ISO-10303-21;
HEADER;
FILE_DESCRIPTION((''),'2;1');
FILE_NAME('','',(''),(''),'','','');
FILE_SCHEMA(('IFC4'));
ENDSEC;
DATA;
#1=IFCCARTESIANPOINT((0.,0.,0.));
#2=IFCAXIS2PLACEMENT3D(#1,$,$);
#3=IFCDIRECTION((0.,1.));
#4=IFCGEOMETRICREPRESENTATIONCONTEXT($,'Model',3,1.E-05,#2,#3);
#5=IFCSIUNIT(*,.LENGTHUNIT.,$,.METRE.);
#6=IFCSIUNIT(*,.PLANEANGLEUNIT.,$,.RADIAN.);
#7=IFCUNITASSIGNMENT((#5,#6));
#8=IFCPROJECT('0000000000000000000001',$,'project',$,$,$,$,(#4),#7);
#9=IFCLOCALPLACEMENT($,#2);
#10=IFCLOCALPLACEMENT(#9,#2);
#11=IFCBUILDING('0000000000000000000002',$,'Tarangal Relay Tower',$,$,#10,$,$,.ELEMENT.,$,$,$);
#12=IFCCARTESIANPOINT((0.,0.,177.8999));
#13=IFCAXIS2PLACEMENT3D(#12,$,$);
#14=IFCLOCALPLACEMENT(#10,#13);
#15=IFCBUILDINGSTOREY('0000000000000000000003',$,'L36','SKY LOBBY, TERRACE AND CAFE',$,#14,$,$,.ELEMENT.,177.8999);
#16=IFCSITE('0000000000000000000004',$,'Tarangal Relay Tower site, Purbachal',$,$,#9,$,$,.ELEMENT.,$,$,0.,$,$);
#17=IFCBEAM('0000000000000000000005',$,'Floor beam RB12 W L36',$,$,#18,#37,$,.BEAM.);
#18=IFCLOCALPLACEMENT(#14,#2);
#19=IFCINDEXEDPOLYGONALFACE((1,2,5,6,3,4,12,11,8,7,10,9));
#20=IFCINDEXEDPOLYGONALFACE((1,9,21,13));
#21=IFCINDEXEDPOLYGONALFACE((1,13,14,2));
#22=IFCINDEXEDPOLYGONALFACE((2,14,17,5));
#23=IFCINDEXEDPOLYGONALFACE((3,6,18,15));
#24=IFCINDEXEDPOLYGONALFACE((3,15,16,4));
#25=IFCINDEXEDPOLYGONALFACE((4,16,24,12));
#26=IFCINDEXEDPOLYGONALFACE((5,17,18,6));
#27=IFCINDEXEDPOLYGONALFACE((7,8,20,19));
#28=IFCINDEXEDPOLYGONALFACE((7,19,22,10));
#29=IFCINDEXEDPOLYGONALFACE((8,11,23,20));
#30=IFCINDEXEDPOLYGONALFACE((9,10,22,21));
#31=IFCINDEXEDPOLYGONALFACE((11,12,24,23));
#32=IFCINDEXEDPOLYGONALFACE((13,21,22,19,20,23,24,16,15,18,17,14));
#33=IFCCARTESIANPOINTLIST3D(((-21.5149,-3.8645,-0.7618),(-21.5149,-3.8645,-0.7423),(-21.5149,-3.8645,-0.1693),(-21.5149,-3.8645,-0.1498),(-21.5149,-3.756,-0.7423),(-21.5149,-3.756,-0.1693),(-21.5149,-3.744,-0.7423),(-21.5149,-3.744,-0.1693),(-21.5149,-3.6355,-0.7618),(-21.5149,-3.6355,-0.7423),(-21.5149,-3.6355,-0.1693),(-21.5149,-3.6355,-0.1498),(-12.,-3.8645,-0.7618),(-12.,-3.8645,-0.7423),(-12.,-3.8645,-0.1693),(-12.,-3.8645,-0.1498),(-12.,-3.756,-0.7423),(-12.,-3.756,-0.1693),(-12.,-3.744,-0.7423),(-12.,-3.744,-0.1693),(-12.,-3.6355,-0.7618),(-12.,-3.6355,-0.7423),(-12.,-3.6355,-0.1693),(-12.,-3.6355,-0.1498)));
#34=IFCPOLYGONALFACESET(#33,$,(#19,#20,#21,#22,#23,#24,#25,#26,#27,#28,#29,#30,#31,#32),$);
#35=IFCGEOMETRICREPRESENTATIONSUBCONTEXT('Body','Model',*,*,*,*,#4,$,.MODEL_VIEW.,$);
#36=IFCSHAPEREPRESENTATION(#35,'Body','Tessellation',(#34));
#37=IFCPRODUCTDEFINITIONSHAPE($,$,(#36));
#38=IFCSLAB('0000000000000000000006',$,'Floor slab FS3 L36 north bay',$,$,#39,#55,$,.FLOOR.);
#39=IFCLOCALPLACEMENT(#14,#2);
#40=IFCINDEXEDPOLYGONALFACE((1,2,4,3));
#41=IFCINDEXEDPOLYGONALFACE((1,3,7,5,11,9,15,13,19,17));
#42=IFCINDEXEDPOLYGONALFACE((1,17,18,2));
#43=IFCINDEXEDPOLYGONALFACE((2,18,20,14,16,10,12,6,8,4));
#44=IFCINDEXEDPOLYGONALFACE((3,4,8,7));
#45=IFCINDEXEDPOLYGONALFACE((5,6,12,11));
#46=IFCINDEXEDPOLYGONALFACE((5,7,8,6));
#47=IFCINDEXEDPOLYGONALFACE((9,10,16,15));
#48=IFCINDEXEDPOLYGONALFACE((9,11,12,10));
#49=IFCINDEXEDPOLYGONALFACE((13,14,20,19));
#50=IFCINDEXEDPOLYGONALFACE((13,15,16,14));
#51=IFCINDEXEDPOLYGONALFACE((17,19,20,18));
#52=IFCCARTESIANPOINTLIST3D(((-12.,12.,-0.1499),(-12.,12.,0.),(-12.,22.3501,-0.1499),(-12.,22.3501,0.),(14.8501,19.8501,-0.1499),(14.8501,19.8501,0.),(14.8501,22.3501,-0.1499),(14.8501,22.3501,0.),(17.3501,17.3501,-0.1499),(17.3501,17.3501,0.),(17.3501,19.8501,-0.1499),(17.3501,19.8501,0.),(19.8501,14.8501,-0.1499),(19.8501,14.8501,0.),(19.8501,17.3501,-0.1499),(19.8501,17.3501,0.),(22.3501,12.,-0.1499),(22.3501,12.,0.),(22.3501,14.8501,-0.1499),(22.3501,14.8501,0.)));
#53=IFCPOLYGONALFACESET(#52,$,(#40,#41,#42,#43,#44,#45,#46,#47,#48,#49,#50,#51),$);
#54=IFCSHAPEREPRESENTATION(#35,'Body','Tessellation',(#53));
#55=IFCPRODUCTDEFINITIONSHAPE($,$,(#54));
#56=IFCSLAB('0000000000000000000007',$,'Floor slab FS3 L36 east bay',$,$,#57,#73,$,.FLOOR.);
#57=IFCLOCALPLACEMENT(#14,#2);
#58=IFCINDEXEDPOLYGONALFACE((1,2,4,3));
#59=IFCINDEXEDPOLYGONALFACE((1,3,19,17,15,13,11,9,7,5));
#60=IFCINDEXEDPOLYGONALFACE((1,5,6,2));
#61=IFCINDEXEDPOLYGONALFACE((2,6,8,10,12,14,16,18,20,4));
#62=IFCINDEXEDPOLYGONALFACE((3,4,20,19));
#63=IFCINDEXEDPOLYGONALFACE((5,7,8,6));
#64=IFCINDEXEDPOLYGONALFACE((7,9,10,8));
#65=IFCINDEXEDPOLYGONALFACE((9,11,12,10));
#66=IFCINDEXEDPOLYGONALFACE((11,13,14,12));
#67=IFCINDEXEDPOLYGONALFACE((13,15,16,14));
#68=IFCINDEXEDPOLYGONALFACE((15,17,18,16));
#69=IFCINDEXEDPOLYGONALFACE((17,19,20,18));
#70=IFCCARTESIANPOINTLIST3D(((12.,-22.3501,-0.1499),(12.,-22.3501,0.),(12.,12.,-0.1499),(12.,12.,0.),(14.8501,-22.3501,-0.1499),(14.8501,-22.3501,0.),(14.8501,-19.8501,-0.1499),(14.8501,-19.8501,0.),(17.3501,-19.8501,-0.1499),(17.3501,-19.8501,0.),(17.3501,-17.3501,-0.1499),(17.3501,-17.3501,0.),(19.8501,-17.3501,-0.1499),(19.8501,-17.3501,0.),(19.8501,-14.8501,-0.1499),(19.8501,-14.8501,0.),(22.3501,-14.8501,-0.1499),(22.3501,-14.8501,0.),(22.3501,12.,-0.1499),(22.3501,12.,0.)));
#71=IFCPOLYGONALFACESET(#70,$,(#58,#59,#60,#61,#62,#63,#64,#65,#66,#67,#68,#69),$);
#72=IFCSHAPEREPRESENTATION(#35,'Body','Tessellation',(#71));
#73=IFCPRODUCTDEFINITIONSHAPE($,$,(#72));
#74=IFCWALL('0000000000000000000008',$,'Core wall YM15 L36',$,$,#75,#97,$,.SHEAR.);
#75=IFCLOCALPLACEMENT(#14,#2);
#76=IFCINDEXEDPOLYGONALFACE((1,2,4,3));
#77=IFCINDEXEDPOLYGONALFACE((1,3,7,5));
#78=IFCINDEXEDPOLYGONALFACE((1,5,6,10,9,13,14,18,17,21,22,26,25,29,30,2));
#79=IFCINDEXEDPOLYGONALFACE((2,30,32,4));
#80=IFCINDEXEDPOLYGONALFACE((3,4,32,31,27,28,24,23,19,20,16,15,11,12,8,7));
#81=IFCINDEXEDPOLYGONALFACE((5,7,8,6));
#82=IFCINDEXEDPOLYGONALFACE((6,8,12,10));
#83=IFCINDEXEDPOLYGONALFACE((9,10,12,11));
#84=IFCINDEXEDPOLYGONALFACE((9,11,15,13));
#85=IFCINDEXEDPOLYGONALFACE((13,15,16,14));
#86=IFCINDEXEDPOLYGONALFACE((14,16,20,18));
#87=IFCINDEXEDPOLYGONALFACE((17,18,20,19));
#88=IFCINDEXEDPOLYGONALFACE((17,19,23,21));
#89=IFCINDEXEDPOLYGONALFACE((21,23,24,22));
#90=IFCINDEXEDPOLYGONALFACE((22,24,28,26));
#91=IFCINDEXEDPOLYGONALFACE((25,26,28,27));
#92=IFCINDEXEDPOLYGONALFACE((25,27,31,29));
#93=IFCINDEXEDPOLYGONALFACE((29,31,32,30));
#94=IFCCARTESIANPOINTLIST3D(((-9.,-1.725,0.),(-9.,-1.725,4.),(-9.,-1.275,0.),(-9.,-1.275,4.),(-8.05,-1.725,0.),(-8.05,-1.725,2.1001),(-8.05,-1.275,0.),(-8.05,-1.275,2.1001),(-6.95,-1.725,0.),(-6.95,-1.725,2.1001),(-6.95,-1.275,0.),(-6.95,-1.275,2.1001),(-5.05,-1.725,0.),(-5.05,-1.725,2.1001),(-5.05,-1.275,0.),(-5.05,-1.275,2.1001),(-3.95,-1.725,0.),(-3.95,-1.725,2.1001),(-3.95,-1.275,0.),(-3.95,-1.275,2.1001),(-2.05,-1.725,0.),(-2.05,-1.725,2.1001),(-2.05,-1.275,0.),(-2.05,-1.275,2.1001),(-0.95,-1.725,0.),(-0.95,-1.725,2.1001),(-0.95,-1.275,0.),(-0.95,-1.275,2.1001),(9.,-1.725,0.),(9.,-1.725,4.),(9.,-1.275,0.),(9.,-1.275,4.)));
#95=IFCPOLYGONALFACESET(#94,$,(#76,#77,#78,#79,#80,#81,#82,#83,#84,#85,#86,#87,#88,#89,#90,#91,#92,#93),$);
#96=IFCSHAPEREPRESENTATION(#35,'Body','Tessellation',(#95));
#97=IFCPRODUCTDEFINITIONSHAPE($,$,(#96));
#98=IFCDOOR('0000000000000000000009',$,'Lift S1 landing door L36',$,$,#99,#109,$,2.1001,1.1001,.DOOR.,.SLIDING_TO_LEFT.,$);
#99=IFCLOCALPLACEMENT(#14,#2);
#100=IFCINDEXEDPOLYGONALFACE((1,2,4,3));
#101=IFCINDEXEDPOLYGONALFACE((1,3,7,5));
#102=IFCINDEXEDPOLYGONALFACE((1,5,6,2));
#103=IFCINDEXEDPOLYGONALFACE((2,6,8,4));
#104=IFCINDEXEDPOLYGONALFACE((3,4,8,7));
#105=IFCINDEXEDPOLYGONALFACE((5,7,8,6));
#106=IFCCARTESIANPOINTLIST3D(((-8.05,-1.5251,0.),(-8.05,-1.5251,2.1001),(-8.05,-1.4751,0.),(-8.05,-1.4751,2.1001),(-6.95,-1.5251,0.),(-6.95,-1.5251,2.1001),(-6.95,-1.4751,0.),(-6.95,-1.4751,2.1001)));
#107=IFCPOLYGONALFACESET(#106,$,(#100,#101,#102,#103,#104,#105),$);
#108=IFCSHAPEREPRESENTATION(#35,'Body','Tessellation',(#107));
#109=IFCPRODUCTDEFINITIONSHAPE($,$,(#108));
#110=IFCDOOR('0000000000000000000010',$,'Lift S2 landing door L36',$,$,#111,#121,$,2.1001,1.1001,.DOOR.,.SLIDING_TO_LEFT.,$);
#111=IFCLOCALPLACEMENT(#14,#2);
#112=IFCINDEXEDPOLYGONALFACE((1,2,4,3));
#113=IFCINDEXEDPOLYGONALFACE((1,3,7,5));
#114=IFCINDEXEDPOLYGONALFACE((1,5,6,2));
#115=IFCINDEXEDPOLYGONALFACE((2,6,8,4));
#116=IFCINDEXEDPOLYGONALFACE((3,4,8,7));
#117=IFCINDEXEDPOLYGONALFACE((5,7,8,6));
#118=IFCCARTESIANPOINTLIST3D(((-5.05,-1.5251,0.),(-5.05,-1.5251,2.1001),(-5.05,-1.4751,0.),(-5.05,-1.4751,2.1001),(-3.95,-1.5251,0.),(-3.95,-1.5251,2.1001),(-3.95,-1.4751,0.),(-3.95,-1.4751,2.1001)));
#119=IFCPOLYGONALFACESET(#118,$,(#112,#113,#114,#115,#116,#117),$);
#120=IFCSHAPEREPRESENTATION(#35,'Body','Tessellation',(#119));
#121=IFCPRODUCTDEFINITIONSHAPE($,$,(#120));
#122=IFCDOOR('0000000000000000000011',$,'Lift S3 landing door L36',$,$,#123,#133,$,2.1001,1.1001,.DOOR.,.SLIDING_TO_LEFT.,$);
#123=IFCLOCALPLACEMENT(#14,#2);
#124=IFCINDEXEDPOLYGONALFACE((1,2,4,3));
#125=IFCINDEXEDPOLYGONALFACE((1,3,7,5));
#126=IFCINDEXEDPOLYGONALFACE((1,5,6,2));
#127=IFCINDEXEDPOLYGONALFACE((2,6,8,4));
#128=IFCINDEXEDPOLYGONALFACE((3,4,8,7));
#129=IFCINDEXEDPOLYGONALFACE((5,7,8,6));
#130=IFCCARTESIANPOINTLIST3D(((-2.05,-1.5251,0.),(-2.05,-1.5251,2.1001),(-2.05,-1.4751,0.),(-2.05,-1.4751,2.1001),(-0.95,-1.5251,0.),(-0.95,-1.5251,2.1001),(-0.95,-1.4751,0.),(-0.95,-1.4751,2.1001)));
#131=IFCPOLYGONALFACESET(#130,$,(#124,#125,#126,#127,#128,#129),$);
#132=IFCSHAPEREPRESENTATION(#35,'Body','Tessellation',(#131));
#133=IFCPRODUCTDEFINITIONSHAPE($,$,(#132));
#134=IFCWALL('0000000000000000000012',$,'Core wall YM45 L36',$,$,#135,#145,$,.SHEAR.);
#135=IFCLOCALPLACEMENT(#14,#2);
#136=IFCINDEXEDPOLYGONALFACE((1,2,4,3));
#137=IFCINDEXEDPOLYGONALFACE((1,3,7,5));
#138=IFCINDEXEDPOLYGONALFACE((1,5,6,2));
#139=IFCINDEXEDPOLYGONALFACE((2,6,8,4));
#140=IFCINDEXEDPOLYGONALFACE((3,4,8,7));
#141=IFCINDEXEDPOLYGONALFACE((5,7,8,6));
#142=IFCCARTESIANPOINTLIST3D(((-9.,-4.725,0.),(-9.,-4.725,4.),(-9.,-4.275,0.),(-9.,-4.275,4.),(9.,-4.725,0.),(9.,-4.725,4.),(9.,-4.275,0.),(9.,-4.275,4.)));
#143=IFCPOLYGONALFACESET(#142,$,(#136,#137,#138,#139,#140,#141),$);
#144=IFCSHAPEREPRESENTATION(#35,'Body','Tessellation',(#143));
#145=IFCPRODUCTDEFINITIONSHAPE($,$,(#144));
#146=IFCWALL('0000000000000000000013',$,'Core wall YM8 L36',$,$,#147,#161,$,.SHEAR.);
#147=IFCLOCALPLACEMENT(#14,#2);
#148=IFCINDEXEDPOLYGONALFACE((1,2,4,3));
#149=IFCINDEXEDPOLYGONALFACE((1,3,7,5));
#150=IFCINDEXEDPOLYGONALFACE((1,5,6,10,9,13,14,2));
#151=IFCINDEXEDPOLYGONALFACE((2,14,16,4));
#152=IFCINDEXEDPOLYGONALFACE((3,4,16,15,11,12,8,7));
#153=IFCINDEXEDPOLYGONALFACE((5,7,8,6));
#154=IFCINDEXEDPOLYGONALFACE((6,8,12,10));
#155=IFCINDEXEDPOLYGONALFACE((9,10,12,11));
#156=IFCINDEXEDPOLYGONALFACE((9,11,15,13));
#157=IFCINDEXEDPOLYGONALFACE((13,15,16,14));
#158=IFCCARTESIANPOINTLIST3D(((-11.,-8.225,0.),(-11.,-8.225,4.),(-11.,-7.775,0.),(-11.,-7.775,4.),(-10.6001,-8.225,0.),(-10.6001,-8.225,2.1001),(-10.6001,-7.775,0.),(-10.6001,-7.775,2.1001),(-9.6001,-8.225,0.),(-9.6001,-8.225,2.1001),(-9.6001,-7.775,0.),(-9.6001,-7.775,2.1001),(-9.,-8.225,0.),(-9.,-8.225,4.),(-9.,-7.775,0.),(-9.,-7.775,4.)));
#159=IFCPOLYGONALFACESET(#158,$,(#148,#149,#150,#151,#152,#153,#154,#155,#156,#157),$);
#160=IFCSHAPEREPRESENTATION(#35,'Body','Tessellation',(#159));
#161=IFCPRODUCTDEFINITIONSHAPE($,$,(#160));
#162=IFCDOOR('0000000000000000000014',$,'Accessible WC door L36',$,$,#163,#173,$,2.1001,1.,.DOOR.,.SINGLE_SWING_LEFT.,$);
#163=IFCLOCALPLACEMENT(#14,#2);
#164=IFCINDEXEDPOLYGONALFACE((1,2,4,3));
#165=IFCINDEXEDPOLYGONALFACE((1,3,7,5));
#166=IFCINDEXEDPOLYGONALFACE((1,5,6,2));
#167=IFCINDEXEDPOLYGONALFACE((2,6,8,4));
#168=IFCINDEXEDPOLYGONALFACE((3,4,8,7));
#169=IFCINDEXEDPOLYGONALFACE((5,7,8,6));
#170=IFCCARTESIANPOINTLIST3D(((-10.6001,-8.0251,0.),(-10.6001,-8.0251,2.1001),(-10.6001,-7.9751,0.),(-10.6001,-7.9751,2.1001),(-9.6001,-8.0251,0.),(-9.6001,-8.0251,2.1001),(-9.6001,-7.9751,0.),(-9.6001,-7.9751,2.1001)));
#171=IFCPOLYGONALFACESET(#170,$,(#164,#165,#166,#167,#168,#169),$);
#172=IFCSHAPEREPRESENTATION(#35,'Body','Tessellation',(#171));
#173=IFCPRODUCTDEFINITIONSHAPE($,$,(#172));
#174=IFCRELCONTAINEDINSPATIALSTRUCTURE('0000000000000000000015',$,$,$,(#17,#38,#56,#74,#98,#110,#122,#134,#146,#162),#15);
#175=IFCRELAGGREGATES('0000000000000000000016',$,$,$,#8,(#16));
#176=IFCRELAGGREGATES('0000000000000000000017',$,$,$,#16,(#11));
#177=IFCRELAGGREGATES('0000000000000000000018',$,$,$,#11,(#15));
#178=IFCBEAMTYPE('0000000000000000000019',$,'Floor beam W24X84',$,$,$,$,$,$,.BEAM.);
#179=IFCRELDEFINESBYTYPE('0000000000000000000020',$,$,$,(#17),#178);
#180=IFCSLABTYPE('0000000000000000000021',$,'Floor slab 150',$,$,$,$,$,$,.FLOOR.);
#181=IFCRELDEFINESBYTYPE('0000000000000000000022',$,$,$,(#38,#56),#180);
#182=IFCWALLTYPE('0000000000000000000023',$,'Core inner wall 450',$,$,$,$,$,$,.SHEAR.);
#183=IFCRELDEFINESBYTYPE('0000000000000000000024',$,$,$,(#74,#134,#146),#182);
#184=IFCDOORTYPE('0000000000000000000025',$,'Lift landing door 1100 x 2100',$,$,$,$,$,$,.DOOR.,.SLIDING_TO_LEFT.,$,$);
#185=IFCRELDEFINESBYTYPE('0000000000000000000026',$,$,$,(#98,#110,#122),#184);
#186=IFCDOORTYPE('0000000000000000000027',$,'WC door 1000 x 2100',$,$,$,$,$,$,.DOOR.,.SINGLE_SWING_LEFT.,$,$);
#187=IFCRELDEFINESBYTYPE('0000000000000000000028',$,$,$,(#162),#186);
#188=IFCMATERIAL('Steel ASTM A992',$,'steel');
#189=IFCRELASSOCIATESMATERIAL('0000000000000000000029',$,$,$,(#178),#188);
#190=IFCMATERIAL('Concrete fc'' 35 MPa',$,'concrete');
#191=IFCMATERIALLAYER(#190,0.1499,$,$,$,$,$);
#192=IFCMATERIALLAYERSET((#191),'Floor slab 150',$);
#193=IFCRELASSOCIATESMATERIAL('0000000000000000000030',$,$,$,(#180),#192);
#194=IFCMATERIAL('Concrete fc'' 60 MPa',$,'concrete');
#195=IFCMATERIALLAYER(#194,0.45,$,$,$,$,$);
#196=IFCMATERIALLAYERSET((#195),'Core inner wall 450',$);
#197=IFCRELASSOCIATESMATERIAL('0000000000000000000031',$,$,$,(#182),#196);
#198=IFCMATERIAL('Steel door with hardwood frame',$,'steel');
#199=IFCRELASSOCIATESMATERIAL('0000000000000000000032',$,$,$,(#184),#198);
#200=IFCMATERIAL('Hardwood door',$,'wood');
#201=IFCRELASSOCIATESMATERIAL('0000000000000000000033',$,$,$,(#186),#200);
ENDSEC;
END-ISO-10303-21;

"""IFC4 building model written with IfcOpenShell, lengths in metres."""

from ifc_helpers import new_model, si_unit, direction, frame, frame_2d, origin, origin_2d, place, context, subcontext, project, spatial, polyline, rectangle, i_section, outline, extrude, material, layer, layer_set, material_profile, profile_set, type_object, element, fill, save


model = new_model("IFC4")

# Units and contexts
model_context = context("Model", 3, precision=1e-05, world=origin(), true_north=direction((0.0, 1.0)))
body_context = subcontext(model_context, "Body", "Model", "MODEL_VIEW")
ifc_project = project(units=[si_unit("LENGTHUNIT", "METRE"), si_unit("PLANEANGLEUNIT", "RADIAN")], contexts=[model_context])

# Site, building, storey
site_placement = place(None, origin())
site = spatial("IfcSite", under=ifc_project, at=site_placement, Name="Tarangal Relay Tower site, Purbachal", CompositionType="ELEMENT", RefElevation=0.0)
building_placement = place(site_placement, origin())
building = spatial("IfcBuilding", under=site, at=building_placement, Name="Tarangal Relay Tower", CompositionType="ELEMENT")
storey_placement = place(building_placement, frame((0.0, 0.0, 177.8999)))
storey = spatial("IfcBuildingStorey", under=building, at=storey_placement, Name="L36", Description="SKY LOBBY, TERRACE AND CAFE", CompositionType="ELEMENT", Elevation=177.8999)

# Beam
ifc_material_1 = material(Name="Steel ASTM A992", Category="steel")
ifc_material_profile = material_profile(ifc_material_1, i_section(OverallWidth=0.229, OverallDepth=0.6121, WebThickness=0.012, FlangeThickness=0.0195, at=origin_2d()), Name="W24X84")
ifc_profile_set = profile_set([ifc_material_profile], Name="Steel ASTM A992")
beam_type = type_object("IfcBeamType", Name="Floor beam W24X84", PredefinedType="BEAM", material=ifc_profile_set)
beam_placement = place(storey_placement, frame((-12.0, -3.75, -0.4558), z_axis=(-1.0, 0.0, 0.0), x_axis=(0.0, -1.0, 0.0)))
element("IfcBeam", 1, at=beam_placement, inside=storey, type_object=beam_type, Name="Floor beam RB12 W L36", PredefinedType="BEAM", context=body_context, shape_type="SweptSolid", body=[
    extrude(i_section(OverallWidth=0.229, OverallDepth=0.6121, WebThickness=0.012, FlangeThickness=0.0195, at=origin_2d()), origin(), (0.0, 0.0, 1.0), 9.5149),
])

# Slabs
ifc_material_2 = material(Name="Concrete fc' 35 MPa", Category="concrete")
ifc_layer_1 = layer(ifc_material_2, 0.1499)
ifc_layer_set_1 = layer_set([ifc_layer_1], Name="Floor slab 150")
slab_type = type_object("IfcSlabType", Name="Floor slab 150", PredefinedType="FLOOR", material=ifc_layer_set_1)
slab_1_placement = place(storey_placement, frame((0.0, 0.0, -0.1499)))
element("IfcSlab", 2, at=slab_1_placement, inside=storey, type_object=slab_type, Name="Floor slab FS3 L36 north bay", PredefinedType="FLOOR", context=body_context, shape_type="SweptSolid", body=[
    extrude(outline(polyline([(14.8501, 22.3501), (14.8501, 19.8501), (17.3501, 19.8501), (17.3501, 17.3501), (19.8501, 17.3501), (19.8501, 14.8501), (22.3501, 14.8501), (22.3501, 12.0), (-12.0, 12.0), (-12.0, 22.3501), (14.8501, 22.3501)])), origin(), (0.0, 0.0, 1.0), 0.1499),
])
slab_2_placement = place(storey_placement, frame((0.0, 0.0, -0.1499)))
element("IfcSlab", 3, at=slab_2_placement, inside=storey, type_object=slab_type, Name="Floor slab FS3 L36 east bay", PredefinedType="FLOOR", context=body_context, shape_type="SweptSolid", body=[
    extrude(outline(polyline([(22.3501, -14.8501), (19.8501, -14.8501), (19.8501, -17.3501), (17.3501, -17.3501), (17.3501, -19.8501), (14.8501, -19.8501), (14.8501, -22.3501), (12.0, -22.3501), (12.0, 12.0), (22.3501, 12.0), (22.3501, -14.8501)])), origin(), (0.0, 0.0, 1.0), 0.1499),
])

# Wall, openings, doors
ifc_material_3 = material(Name="Concrete fc' 60 MPa", Category="concrete")
ifc_layer_2 = layer(ifc_material_3, 0.45)
ifc_layer_set_2 = layer_set([ifc_layer_2], Name="Core inner wall 450")
wall_type_1 = type_object("IfcWallType", Name="Core inner wall 450", PredefinedType="SHEAR", material=ifc_layer_set_2)
wall_1_placement = place(storey_placement, frame((-9.0, -1.5, 0.0), z_axis=(0.0, 0.0, 1.0), x_axis=(1.0, 0.0, 0.0)))
wall_1 = element("IfcWall", 4, at=wall_1_placement, inside=storey, type_object=wall_type_1, Name="Core wall YM15 L36", PredefinedType="SHEAR", context=body_context, shape_type="SweptSolid", body=[
    extrude(rectangle(XDim=18.0, YDim=0.45, at=frame_2d((9.0, 0.0))), origin(), (0.0, 0.0, 1.0), 4.0),
])
opening_1_placement = place(wall_1_placement, frame((0.95, 0.0, 0.0)))
opening_1 = element("IfcOpeningElement", 5, at=opening_1_placement, cuts=wall_1, PredefinedType="OPENING", context=body_context, shape_type="SweptSolid", body=[
    extrude(rectangle(XDim=1.1001, YDim=2.1001, at=frame_2d((0.55, 1.05))), frame((0.0, 0.2349, 0.0), z_axis=(0.0, -1.0, 0.0), x_axis=(1.0, 0.0, 0.0)), (0.0, 0.0, 1.0), 0.47),
])
opening_2_placement = place(wall_1_placement, frame((3.95, 0.0, 0.0)))
opening_2 = element("IfcOpeningElement", 6, at=opening_2_placement, cuts=wall_1, PredefinedType="OPENING", context=body_context, shape_type="SweptSolid", body=[
    extrude(rectangle(XDim=1.1001, YDim=2.1001, at=frame_2d((0.55, 1.05))), frame((0.0, 0.2349, 0.0), z_axis=(0.0, -1.0, 0.0), x_axis=(1.0, 0.0, 0.0)), (0.0, 0.0, 1.0), 0.47),
])
opening_3_placement = place(wall_1_placement, frame((6.95, 0.0, 0.0)))
opening_3 = element("IfcOpeningElement", 7, at=opening_3_placement, cuts=wall_1, PredefinedType="OPENING", context=body_context, shape_type="SweptSolid", body=[
    extrude(rectangle(XDim=1.1001, YDim=2.1001, at=frame_2d((0.55, 1.05))), frame((0.0, 0.2349, 0.0), z_axis=(0.0, -1.0, 0.0), x_axis=(1.0, 0.0, 0.0)), (0.0, 0.0, 1.0), 0.47),
])
ifc_material_4 = material(Name="Steel door with hardwood frame", Category="steel")
door_type_1 = type_object("IfcDoorType", Name="Lift landing door 1100 x 2100", OperationType="SLIDING_TO_LEFT", PredefinedType="DOOR", material=ifc_material_4)
door_1_placement = place(opening_1_placement, origin())
door_1 = element("IfcDoor", 8, at=door_1_placement, inside=storey, type_object=door_type_1, Name="Lift S1 landing door L36", OperationType="SLIDING_TO_LEFT", OverallHeight=2.1001, OverallWidth=1.1001, PredefinedType="DOOR", context=body_context, shape_type="SweptSolid", body=[
    extrude(rectangle(XDim=1.1001, YDim=2.1001, at=frame_2d((0.55, 1.05))), frame((0.0, 0.0249, 0.0), z_axis=(0.0, -1.0, 0.0), x_axis=(1.0, 0.0, 0.0)), (0.0, 0.0, 1.0), 0.05),
])
fill(opening_1, door_1)
door_2_placement = place(opening_2_placement, origin())
door_2 = element("IfcDoor", 9, at=door_2_placement, inside=storey, type_object=door_type_1, Name="Lift S2 landing door L36", OperationType="SLIDING_TO_LEFT", OverallHeight=2.1001, OverallWidth=1.1001, PredefinedType="DOOR", context=body_context, shape_type="SweptSolid", body=[
    extrude(rectangle(XDim=1.1001, YDim=2.1001, at=frame_2d((0.55, 1.05))), frame((0.0, 0.0249, 0.0), z_axis=(0.0, -1.0, 0.0), x_axis=(1.0, 0.0, 0.0)), (0.0, 0.0, 1.0), 0.05),
])
fill(opening_2, door_2)
door_3_placement = place(opening_3_placement, origin())
door_3 = element("IfcDoor", 10, at=door_3_placement, inside=storey, type_object=door_type_1, Name="Lift S3 landing door L36", OperationType="SLIDING_TO_LEFT", OverallHeight=2.1001, OverallWidth=1.1001, PredefinedType="DOOR", context=body_context, shape_type="SweptSolid", body=[
    extrude(rectangle(XDim=1.1001, YDim=2.1001, at=frame_2d((0.55, 1.05))), frame((0.0, 0.0249, 0.0), z_axis=(0.0, -1.0, 0.0), x_axis=(1.0, 0.0, 0.0)), (0.0, 0.0, 1.0), 0.05),
])
fill(opening_3, door_3)

# Wall
wall_2_placement = place(storey_placement, frame((-9.0, -4.5, 0.0), z_axis=(0.0, 0.0, 1.0), x_axis=(1.0, 0.0, 0.0)))
element("IfcWall", 11, at=wall_2_placement, inside=storey, type_object=wall_type_1, Name="Core wall YM45 L36", PredefinedType="SHEAR", context=body_context, shape_type="SweptSolid", body=[
    extrude(rectangle(XDim=18.0, YDim=0.45, at=frame_2d((9.0, 0.0))), origin(), (0.0, 0.0, 1.0), 4.0),
])

# Wall, opening, door
wall_3_placement = place(storey_placement, frame((-11.0, -8.0, 0.0), z_axis=(0.0, 0.0, 1.0), x_axis=(1.0, 0.0, 0.0)))
wall_3 = element("IfcWall", 12, at=wall_3_placement, inside=storey, type_object=wall_type_1, Name="Core wall YM8 L36", PredefinedType="SHEAR", context=body_context, shape_type="SweptSolid", body=[
    extrude(rectangle(XDim=2.0, YDim=0.45, at=frame_2d((1.0, 0.0))), origin(), (0.0, 0.0, 1.0), 4.0),
])
opening_4_placement = place(wall_3_placement, frame((0.3999, 0.0, 0.0)))
opening_4 = element("IfcOpeningElement", 13, at=opening_4_placement, cuts=wall_3, PredefinedType="OPENING", context=body_context, shape_type="SweptSolid", body=[
    extrude(rectangle(XDim=1.0, YDim=2.1001, at=frame_2d((0.5, 1.05))), frame((0.0, 0.2349, 0.0), z_axis=(0.0, -1.0, 0.0), x_axis=(1.0, 0.0, 0.0)), (0.0, 0.0, 1.0), 0.47),
])
ifc_material_5 = material(Name="Hardwood door", Category="wood")
door_type_2 = type_object("IfcDoorType", Name="WC door 1000 x 2100", OperationType="SINGLE_SWING_LEFT", PredefinedType="DOOR", material=ifc_material_5)
door_4_placement = place(opening_4_placement, origin())
door_4 = element("IfcDoor", 14, at=door_4_placement, inside=storey, type_object=door_type_2, Name="Accessible WC door L36", OperationType="SINGLE_SWING_LEFT", OverallHeight=2.1001, OverallWidth=1.0, PredefinedType="DOOR", context=body_context, shape_type="SweptSolid", body=[
    extrude(rectangle(XDim=1.0, YDim=2.1001, at=frame_2d((0.5, 1.05))), frame((0.0, 0.0249, 0.0), z_axis=(0.0, -1.0, 0.0), x_axis=(1.0, 0.0, 0.0)), (0.0, 0.0, 1.0), 0.05),
])
fill(opening_4, door_4)

save(model, "model.ifc")
